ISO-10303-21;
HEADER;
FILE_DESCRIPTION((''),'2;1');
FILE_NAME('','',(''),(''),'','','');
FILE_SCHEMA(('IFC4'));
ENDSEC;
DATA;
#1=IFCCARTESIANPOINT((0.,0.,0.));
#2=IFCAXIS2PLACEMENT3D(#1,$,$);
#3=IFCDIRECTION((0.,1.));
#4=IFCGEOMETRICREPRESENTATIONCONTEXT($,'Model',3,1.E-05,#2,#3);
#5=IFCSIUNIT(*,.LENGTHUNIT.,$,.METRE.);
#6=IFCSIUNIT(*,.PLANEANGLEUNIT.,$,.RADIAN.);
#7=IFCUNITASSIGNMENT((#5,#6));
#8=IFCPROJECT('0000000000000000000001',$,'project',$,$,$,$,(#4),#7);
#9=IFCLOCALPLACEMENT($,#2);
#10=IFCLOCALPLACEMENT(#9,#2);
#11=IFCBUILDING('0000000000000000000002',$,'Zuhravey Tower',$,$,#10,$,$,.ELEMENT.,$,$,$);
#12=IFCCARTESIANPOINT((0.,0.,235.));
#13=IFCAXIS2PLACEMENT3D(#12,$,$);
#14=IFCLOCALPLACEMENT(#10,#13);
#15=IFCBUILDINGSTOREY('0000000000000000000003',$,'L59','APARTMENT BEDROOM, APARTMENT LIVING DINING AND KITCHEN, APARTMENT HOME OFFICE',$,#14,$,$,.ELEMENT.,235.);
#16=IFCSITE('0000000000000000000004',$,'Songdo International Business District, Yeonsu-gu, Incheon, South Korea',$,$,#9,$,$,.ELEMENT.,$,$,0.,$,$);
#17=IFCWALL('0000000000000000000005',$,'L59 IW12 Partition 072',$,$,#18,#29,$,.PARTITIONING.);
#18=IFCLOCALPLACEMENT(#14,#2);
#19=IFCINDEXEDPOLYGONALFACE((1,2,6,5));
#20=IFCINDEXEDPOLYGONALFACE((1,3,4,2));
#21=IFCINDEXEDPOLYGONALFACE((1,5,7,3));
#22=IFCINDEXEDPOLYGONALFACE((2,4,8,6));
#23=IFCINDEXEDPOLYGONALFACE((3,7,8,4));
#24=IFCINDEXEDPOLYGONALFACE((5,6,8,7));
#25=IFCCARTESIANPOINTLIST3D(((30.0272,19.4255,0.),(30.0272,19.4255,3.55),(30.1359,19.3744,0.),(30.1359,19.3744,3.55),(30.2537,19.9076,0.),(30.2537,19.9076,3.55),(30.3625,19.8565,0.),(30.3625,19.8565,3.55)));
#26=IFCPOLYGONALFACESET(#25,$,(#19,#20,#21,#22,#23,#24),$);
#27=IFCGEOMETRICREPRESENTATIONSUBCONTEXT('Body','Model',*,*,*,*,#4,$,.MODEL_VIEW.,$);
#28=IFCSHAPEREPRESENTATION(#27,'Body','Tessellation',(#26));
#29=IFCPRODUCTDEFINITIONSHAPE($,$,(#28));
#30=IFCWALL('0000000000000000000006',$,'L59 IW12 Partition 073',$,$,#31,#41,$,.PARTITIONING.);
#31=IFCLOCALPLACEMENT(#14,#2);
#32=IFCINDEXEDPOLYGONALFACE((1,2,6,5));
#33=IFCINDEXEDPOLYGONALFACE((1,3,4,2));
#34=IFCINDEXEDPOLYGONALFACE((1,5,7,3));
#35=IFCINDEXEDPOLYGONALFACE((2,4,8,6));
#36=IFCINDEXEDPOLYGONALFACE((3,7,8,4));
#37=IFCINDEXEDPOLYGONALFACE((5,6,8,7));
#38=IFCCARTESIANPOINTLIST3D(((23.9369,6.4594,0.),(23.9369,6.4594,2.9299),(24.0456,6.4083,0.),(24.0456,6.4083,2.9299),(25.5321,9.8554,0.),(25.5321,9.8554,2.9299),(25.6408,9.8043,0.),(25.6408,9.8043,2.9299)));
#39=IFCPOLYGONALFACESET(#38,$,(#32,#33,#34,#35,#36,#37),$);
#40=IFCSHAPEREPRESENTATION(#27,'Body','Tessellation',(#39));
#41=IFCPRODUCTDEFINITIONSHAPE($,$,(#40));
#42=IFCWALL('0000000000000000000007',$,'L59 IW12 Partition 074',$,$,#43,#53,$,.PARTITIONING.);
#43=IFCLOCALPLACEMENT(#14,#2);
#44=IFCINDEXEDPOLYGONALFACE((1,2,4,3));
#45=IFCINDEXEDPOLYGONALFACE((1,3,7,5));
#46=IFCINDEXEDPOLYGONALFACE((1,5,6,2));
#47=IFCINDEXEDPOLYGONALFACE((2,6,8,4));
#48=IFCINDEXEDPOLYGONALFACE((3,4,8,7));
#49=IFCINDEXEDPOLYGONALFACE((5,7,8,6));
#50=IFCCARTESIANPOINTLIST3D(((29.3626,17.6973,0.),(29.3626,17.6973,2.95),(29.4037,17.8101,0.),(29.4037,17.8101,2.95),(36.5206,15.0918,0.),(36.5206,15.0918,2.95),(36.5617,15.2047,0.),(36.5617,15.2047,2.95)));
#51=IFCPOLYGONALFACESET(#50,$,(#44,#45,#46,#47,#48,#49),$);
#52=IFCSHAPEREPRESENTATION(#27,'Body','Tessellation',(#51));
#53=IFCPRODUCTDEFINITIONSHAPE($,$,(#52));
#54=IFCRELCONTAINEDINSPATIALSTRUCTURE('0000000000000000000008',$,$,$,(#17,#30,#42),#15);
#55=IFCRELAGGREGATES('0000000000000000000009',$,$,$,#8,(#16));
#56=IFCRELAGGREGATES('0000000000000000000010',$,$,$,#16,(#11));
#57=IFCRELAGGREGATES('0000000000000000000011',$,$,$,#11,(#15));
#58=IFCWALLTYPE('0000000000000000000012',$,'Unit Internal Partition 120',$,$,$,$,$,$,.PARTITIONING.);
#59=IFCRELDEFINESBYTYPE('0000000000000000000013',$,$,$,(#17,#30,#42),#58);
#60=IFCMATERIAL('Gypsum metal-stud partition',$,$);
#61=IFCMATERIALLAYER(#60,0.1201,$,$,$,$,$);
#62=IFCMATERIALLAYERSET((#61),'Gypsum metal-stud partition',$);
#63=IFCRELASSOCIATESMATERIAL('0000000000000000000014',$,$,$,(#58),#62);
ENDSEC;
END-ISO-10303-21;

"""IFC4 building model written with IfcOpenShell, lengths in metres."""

from ifc_helpers import new_model, si_unit, direction, frame, frame_2d, origin, place, context, subcontext, project, spatial, rectangle, extrude, material, layer, layer_set, type_object, element, save


model = new_model("IFC4")

# Units and contexts
model_context = context("Model", 3, precision=1e-05, world=origin(), true_north=direction((0.0, 1.0)))
body_context = subcontext(model_context, "Body", "Model", "MODEL_VIEW")
ifc_project = project(units=[si_unit("LENGTHUNIT", "METRE"), si_unit("PLANEANGLEUNIT", "RADIAN")], contexts=[model_context])

# Site, building, storey
site_placement = place(None, origin())
site = spatial("IfcSite", under=ifc_project, at=site_placement, Name="Songdo International Business District, Yeonsu-gu, Incheon, South Korea", CompositionType="ELEMENT", RefElevation=0.0)
building_placement = place(site_placement, origin())
building = spatial("IfcBuilding", under=site, at=building_placement, Name="Zuhravey Tower", CompositionType="ELEMENT")
storey_placement = place(building_placement, frame((0.0, 0.0, 235.0)))
storey = spatial("IfcBuildingStorey", under=building, at=storey_placement, Name="L59", Description="APARTMENT BEDROOM, APARTMENT LIVING DINING AND KITCHEN, APARTMENT HOME OFFICE", CompositionType="ELEMENT", Elevation=235.0)

# Shared definitions
ifc_material_1 = material(Name="Gypsum metal-stud partition")
ifc_layer_1 = layer(ifc_material_1, 0.1201)
ifc_layer_set_1 = layer_set([ifc_layer_1], Name="Gypsum metal-stud partition")
wall_type_1 = type_object("IfcWallType", Name="Unit Internal Partition 120", PredefinedType="PARTITIONING", material=ifc_layer_set_1)

# Walls
wall_1_placement = place(storey_placement, frame((30.3081, 19.8821, 0.0), z_axis=(0.0, 0.0, 1.0), x_axis=(-0.425267, -0.905068, 0.0)))
element("IfcWall", 1, at=wall_1_placement, inside=storey, type_object=wall_type_1, Name="L59 IW12 Partition 072", PredefinedType="PARTITIONING", context=body_context, shape_type="SweptSolid", body=[
    extrude(rectangle(XDim=0.5327, YDim=0.1201, at=frame_2d((0.2664, 0.0))), origin(), (0.0, 0.0, 1.0), 3.55),
])
wall_2_placement = place(storey_placement, frame((25.5864, 9.8298, 0.0), z_axis=(0.0, 0.0, 1.0), x_axis=(-0.425164, -0.905116, 0.0)))
element("IfcWall", 2, at=wall_2_placement, inside=storey, type_object=wall_type_1, Name="L59 IW12 Partition 073", PredefinedType="PARTITIONING", context=body_context, shape_type="SweptSolid", body=[
    extrude(rectangle(XDim=3.752, YDim=0.1201, at=frame_2d((1.876, 0.0))), origin(), (0.0, 0.0, 1.0), 2.9299),
])
wall_3_placement = place(storey_placement, frame((29.3833, 17.7537, 0.0), z_axis=(0.0, 0.0, 1.0), x_axis=(0.939685, -0.342042, 0.0)))
element("IfcWall", 3, at=wall_3_placement, inside=storey, type_object=wall_type_1, Name="L59 IW12 Partition 074", PredefinedType="PARTITIONING", context=body_context, shape_type="SweptSolid", body=[
    extrude(rectangle(XDim=7.6174, YDim=0.1201, at=frame_2d((3.8086, 0.0))), origin(), (0.0, 0.0, 1.0), 2.95),
])

save(model, "model.ifc")
